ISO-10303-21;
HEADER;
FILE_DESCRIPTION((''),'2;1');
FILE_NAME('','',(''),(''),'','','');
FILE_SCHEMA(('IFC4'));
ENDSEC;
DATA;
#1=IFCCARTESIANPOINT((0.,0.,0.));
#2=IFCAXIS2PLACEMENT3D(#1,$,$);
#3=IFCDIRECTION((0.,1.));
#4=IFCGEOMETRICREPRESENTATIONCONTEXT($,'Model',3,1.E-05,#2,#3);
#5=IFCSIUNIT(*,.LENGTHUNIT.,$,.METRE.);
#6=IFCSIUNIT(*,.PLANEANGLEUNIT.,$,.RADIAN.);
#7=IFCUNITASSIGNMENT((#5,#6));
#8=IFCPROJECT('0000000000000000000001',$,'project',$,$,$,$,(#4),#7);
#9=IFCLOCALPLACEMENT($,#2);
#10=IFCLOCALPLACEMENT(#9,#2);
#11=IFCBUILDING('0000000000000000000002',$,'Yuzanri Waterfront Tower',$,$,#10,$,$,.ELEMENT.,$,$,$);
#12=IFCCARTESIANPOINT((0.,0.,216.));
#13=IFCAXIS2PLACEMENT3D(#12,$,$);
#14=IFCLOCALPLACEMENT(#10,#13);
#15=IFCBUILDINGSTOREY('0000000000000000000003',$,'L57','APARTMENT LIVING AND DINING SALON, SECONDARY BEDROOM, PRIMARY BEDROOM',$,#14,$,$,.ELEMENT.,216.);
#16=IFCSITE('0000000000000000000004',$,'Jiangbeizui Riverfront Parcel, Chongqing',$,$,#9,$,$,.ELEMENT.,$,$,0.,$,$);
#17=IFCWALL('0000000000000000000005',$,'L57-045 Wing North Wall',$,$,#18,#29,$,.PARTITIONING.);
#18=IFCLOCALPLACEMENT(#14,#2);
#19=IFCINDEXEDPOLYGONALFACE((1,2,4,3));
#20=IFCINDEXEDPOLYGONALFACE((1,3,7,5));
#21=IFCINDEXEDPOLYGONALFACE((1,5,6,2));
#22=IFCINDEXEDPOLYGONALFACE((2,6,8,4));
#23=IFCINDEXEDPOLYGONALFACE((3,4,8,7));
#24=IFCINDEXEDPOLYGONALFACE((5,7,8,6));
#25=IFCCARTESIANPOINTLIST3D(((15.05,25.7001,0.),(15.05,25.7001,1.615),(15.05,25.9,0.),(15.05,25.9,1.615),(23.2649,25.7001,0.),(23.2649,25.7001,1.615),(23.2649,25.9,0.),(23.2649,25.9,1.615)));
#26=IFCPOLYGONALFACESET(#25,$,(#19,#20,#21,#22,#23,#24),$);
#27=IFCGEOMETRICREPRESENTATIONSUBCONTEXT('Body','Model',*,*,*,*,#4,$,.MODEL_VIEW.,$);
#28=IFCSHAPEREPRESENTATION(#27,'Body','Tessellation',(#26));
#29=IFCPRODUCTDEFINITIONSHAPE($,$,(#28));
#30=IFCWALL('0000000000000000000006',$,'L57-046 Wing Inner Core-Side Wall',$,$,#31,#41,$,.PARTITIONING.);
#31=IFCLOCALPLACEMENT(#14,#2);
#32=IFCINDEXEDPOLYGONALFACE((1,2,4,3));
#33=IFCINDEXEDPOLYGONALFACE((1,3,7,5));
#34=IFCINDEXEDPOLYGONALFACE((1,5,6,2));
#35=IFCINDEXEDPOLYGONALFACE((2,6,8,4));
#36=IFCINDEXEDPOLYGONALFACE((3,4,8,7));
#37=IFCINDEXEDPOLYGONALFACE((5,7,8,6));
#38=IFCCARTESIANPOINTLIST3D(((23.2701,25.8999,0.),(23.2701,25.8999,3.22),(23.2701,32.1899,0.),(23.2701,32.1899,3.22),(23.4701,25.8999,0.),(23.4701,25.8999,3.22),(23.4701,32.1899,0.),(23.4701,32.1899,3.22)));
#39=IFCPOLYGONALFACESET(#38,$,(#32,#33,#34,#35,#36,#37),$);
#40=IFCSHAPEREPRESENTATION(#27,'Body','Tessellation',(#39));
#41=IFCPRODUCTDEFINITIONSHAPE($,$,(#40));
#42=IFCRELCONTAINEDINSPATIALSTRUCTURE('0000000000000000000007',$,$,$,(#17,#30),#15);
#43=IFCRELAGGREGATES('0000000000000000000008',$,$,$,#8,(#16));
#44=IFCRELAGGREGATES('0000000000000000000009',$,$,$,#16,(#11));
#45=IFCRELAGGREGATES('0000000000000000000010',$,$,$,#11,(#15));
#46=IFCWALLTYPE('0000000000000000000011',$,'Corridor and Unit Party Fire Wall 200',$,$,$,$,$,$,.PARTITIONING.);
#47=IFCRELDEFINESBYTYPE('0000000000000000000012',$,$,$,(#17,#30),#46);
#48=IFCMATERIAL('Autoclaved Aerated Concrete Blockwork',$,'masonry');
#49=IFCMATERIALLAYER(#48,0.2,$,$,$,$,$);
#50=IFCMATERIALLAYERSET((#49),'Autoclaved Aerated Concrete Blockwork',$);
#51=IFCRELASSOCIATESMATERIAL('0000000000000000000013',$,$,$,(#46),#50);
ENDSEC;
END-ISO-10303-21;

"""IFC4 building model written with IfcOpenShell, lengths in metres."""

from ifc_helpers import new_model, si_unit, direction, frame, frame_2d, origin, place, context, subcontext, project, spatial, rectangle, extrude, source, transform, mapped, material, layer, layer_set, type_object, element, save


model = new_model("IFC4")

# Units and contexts
model_context = context("Model", 3, precision=1e-05, world=origin(), true_north=direction((0.0, 1.0)))
body_context = subcontext(model_context, "Body", "Model", "MODEL_VIEW")
ifc_project = project(units=[si_unit("LENGTHUNIT", "METRE"), si_unit("PLANEANGLEUNIT", "RADIAN")], contexts=[model_context])

# Site, building, storey
site_placement = place(None, origin())
site = spatial("IfcSite", under=ifc_project, at=site_placement, Name="Jiangbeizui Riverfront Parcel, Chongqing", CompositionType="ELEMENT", RefElevation=0.0)
building_placement = place(site_placement, origin())
building = spatial("IfcBuilding", under=site, at=building_placement, Name="Yuzanri Waterfront Tower", CompositionType="ELEMENT")
storey_placement = place(building_placement, frame((0.0, 0.0, 216.0)))
storey = spatial("IfcBuildingStorey", under=building, at=storey_placement, Name="L57", Description="APARTMENT LIVING AND DINING SALON, SECONDARY BEDROOM, PRIMARY BEDROOM", CompositionType="ELEMENT", Elevation=216.0)

# Shared definitions
ifc_material_1 = material(Name="Autoclaved Aerated Concrete Blockwork", Category="masonry")
ifc_layer_1 = layer(ifc_material_1, 0.2)
ifc_layer_set_1 = layer_set([ifc_layer_1], Name="Autoclaved Aerated Concrete Blockwork")
wall_type_1 = type_object("IfcWallType", Name="Corridor and Unit Party Fire Wall 200", PredefinedType="PARTITIONING", material=ifc_layer_set_1)

# Walls
shared_shape_1 = source(origin(), body_context, "Body", "SweptSolid", [
    extrude(rectangle(XDim=8.2148, YDim=0.2, at=frame_2d((4.1074, 0.0))), origin(), (0.0, 0.0, 1.0), 1.615),
])
wall_1_placement = place(storey_placement, frame((15.05, 25.8, 0.0), z_axis=(0.0, 0.0, 1.0), x_axis=(1.0, 0.0, 0.0)))
element("IfcWall", 1, at=wall_1_placement, inside=storey, type_object=wall_type_1, Name="L57-045 Wing North Wall", PredefinedType="PARTITIONING", context=body_context, shape_type="MappedRepresentation", body=[
    mapped(shared_shape_1, transform((0.0, 0.0, 0.0), scale=1.0)),
])
shared_shape_2 = source(origin(), body_context, "Body", "SweptSolid", [
    extrude(rectangle(XDim=6.29, YDim=0.2, at=frame_2d((3.145, 0.0))), origin(), (0.0, 0.0, 1.0), 3.22),
])
wall_2_placement = place(storey_placement, frame((23.3701, 25.8999, 0.0), z_axis=(0.0, 0.0, 1.0), x_axis=(0.0, 1.0, 0.0)))
element("IfcWall", 2, at=wall_2_placement, inside=storey, type_object=wall_type_1, Name="L57-046 Wing Inner Core-Side Wall", PredefinedType="PARTITIONING", context=body_context, shape_type="MappedRepresentation", body=[
    mapped(shared_shape_2, transform((0.0, 0.0, 0.0), scale=1.0)),
])

save(model, "model.ifc")
